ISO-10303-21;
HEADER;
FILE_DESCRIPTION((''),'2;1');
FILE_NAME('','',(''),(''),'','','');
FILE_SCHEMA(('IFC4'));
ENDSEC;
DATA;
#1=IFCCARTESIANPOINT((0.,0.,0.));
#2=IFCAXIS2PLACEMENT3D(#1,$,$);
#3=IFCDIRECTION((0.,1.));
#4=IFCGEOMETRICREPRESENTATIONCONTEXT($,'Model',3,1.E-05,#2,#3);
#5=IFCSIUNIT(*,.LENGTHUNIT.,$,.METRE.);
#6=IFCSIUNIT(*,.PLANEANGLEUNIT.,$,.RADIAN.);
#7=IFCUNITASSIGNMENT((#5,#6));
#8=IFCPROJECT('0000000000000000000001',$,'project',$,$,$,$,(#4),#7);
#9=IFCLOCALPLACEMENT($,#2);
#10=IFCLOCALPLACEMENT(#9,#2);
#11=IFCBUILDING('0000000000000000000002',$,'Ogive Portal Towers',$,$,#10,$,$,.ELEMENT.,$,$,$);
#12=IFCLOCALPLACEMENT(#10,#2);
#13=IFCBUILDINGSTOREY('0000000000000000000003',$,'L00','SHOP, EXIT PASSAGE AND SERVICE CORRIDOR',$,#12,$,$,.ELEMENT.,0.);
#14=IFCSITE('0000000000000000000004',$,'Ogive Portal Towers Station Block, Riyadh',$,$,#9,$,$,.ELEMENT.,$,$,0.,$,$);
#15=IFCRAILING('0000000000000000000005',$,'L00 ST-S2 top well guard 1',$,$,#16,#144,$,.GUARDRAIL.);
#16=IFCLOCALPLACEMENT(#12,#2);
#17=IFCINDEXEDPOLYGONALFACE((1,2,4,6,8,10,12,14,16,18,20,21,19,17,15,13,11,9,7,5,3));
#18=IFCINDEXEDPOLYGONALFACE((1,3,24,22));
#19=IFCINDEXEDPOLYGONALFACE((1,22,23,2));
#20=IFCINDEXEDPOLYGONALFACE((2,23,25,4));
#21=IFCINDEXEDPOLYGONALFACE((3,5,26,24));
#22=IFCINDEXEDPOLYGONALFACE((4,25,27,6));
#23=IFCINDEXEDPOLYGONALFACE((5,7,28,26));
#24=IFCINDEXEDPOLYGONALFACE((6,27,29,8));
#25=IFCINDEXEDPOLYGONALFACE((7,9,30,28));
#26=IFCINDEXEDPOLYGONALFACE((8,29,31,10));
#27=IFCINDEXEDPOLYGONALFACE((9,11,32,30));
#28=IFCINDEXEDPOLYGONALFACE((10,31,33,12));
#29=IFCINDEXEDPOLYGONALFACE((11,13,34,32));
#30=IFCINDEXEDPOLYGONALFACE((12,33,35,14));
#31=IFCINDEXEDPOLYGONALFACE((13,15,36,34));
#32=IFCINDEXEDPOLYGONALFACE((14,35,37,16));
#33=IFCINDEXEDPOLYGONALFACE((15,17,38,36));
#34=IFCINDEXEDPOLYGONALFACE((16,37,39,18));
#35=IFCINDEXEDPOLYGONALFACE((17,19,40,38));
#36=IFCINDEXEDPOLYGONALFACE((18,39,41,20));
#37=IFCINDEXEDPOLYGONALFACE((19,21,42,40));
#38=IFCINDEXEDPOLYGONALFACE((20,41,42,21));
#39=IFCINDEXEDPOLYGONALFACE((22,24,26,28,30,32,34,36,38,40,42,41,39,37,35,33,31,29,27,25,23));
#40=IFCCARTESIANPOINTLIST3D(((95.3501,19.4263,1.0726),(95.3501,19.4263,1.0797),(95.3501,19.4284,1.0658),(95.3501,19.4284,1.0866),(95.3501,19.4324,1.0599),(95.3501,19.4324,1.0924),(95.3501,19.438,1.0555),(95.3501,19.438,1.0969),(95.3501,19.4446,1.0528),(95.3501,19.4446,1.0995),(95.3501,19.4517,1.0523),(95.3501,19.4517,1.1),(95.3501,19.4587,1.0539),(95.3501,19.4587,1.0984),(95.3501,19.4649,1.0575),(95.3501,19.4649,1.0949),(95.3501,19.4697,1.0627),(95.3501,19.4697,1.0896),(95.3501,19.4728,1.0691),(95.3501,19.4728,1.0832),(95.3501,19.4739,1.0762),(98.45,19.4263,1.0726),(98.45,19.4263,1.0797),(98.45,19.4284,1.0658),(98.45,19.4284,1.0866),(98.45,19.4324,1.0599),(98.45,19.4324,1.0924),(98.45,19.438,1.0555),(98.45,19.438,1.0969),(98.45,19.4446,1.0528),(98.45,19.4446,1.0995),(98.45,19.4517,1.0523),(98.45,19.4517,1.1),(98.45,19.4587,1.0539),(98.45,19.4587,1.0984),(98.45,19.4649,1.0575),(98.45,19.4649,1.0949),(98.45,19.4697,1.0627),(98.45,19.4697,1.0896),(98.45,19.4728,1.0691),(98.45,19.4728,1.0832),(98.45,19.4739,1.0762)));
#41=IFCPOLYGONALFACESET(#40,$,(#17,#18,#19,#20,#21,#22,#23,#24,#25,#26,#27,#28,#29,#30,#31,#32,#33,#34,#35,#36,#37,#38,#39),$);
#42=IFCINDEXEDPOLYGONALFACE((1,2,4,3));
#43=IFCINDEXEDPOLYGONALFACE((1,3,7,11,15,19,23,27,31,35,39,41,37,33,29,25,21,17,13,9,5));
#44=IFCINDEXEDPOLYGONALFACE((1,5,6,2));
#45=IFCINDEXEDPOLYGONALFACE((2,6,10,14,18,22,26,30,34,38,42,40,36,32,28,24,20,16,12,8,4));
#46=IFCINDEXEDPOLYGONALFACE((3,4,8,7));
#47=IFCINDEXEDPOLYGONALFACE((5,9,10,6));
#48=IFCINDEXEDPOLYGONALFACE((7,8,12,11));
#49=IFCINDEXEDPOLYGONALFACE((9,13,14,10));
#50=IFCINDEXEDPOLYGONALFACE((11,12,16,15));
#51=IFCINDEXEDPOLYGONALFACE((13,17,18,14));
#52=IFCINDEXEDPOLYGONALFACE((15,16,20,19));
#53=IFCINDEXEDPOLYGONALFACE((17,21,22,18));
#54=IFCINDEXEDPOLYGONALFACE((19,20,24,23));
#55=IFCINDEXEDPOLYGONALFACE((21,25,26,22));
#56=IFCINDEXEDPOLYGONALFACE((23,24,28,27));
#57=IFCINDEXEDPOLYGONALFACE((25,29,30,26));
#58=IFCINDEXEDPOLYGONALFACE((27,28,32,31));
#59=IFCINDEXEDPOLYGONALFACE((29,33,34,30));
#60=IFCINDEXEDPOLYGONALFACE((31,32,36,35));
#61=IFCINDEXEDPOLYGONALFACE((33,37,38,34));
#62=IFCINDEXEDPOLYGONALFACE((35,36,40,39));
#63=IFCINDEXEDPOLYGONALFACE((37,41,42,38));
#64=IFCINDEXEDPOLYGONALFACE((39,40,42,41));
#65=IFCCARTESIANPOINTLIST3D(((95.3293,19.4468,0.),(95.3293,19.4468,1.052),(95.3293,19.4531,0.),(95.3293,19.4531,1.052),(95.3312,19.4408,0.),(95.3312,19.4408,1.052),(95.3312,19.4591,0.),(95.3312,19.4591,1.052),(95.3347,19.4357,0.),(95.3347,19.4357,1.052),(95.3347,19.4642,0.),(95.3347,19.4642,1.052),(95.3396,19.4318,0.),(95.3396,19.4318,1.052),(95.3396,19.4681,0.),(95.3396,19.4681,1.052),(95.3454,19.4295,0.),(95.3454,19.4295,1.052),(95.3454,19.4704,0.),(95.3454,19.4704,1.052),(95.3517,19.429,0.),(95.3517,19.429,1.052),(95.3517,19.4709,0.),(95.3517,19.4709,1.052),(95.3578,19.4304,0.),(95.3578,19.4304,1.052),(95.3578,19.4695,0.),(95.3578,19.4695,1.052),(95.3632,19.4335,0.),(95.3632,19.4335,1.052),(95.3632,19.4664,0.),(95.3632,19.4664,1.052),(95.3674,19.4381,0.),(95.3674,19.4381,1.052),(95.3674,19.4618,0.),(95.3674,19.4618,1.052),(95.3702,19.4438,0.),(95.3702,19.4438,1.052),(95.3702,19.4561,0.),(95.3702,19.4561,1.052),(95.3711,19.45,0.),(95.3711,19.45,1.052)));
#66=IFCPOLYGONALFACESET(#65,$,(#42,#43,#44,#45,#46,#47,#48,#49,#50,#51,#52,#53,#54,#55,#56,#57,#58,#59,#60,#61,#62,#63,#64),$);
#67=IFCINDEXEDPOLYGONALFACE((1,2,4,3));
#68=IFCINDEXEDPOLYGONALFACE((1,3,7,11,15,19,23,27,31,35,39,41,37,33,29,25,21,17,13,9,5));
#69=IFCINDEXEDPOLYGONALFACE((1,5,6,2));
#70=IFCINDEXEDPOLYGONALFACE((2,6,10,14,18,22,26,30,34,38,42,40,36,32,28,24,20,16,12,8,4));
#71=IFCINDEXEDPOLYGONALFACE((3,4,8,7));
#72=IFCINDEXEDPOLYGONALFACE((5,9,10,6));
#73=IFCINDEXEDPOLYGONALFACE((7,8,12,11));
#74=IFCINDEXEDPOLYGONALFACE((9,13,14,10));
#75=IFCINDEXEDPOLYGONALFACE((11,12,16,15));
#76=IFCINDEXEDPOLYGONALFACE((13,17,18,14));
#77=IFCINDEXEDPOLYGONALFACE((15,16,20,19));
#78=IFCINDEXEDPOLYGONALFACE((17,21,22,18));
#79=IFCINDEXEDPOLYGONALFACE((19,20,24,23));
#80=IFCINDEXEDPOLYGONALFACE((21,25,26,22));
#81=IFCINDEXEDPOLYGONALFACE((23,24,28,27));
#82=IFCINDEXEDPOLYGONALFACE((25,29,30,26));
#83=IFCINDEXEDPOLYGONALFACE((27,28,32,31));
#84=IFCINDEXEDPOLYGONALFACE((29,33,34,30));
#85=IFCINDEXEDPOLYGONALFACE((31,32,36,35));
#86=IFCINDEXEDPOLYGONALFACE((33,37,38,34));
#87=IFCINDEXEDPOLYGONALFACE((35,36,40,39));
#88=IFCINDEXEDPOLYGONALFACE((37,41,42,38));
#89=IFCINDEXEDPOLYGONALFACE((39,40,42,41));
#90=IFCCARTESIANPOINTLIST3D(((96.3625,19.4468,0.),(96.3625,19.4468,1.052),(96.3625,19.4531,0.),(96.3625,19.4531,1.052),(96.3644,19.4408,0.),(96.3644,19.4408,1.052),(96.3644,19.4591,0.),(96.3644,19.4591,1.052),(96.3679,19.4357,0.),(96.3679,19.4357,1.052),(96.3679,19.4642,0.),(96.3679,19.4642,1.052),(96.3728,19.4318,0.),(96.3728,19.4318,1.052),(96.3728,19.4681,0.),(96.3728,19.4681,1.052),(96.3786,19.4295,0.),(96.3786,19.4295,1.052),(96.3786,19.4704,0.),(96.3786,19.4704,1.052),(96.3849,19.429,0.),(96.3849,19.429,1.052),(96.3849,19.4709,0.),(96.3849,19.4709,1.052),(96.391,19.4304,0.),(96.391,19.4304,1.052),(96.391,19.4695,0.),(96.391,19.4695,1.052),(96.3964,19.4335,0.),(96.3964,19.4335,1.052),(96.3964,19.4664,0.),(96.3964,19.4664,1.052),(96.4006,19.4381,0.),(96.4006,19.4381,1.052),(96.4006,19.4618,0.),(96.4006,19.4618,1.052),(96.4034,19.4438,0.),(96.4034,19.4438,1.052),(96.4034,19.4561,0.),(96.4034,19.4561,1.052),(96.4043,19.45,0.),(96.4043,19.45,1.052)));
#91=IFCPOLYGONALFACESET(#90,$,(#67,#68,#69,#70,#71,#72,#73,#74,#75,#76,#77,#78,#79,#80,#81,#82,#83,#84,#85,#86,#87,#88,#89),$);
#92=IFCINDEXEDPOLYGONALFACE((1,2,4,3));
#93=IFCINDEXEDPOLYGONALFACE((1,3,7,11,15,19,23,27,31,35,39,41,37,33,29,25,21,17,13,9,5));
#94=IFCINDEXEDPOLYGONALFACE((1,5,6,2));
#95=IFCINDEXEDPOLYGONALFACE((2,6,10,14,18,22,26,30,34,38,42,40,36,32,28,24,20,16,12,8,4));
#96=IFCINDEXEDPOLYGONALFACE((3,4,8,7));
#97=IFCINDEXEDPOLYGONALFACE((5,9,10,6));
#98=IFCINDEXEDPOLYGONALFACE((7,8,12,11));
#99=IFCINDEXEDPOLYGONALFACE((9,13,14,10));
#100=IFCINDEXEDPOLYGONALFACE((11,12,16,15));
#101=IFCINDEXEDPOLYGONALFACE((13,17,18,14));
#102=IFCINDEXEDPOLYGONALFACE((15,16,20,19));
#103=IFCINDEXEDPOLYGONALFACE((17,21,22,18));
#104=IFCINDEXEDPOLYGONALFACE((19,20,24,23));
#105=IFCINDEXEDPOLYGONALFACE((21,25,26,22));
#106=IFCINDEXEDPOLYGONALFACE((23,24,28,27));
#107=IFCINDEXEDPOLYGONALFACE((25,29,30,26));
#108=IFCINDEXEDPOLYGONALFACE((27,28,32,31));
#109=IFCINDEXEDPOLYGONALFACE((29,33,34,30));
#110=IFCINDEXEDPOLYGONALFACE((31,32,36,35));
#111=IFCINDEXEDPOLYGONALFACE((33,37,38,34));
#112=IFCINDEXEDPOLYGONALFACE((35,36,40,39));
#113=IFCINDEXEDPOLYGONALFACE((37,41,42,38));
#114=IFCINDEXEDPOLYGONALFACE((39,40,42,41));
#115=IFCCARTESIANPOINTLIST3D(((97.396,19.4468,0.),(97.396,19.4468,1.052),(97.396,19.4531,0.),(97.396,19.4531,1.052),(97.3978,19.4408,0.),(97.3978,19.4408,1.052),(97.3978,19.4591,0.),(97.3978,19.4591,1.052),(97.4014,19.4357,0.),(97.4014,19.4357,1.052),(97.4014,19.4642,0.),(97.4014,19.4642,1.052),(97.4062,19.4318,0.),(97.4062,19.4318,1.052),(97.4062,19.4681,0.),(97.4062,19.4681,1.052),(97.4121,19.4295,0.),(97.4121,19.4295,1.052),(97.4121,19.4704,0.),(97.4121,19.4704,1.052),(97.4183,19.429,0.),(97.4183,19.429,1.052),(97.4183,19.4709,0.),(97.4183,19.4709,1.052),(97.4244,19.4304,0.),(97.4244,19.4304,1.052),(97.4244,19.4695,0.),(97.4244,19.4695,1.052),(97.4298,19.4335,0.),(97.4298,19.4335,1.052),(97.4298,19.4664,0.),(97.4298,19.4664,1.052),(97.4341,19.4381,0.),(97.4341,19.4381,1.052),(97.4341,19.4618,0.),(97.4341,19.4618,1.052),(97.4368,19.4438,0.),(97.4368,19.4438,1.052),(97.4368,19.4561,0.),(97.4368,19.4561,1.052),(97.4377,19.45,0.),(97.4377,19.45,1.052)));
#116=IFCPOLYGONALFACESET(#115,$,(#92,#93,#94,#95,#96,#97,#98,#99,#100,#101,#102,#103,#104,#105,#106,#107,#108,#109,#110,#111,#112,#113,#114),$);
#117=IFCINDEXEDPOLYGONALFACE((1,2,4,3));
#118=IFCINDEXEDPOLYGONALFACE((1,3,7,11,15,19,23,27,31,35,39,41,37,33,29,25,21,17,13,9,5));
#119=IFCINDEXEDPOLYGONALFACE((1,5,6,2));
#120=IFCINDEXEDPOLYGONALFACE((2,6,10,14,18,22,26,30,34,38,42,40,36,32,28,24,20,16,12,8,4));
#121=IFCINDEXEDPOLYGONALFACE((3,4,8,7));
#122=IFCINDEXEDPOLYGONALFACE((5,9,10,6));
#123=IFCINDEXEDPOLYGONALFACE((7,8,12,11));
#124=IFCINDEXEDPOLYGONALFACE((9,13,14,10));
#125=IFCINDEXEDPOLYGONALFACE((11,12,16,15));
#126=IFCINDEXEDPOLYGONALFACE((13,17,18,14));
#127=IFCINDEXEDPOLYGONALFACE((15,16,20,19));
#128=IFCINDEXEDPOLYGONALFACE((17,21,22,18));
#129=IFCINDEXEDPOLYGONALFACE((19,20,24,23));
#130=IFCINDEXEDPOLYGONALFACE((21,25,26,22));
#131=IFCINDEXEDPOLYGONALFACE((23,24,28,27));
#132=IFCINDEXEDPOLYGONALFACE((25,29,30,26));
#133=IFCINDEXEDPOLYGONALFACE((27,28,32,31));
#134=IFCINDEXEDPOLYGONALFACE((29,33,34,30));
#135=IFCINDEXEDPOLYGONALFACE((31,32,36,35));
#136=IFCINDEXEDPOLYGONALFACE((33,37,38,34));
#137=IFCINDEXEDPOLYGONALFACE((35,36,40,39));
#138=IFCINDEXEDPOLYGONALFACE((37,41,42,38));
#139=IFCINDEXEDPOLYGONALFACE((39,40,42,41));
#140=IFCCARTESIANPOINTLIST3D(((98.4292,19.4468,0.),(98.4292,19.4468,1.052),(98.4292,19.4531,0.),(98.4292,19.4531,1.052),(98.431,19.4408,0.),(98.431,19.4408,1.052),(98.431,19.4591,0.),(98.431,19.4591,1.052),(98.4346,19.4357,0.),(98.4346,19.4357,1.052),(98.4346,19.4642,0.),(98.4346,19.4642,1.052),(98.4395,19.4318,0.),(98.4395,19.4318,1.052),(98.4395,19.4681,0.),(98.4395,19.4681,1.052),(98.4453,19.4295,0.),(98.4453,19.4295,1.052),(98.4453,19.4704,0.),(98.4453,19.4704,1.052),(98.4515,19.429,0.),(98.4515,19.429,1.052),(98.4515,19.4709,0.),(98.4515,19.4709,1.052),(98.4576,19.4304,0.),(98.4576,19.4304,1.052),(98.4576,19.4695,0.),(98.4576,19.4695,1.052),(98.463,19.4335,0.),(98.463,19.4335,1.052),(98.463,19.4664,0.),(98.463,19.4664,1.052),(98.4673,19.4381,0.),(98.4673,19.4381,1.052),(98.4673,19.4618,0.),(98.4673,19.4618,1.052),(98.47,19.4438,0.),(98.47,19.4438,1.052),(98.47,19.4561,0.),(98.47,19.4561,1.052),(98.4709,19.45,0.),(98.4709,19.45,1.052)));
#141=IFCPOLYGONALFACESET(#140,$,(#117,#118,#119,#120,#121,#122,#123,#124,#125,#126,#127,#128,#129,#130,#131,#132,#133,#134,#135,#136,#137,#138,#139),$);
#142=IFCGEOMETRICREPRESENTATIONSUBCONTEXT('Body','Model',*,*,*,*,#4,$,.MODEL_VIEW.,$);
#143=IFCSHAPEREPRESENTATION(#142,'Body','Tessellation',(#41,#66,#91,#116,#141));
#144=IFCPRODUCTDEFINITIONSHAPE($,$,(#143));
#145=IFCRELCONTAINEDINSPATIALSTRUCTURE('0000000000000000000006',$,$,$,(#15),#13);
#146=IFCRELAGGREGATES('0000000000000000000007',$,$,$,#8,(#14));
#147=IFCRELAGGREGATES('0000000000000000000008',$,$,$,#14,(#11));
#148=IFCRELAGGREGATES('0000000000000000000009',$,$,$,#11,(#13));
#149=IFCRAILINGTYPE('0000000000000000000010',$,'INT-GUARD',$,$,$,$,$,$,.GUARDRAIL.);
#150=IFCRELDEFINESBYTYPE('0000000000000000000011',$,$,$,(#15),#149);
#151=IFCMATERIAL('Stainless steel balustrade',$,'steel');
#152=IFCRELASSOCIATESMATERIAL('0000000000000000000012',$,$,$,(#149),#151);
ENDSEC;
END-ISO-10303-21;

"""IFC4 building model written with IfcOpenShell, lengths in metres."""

from ifc_helpers import new_model, si_unit, direction, frame, origin, origin_2d, place, context, subcontext, project, spatial, circle, extrude, material, type_object, element, save


model = new_model("IFC4")

# Units and contexts
model_context = context("Model", 3, precision=1e-05, world=origin(), true_north=direction((0.0, 1.0)))
body_context = subcontext(model_context, "Body", "Model", "MODEL_VIEW")
ifc_project = project(units=[si_unit("LENGTHUNIT", "METRE"), si_unit("PLANEANGLEUNIT", "RADIAN")], contexts=[model_context])

# Site, building, storey
site_placement = place(None, origin())
site = spatial("IfcSite", under=ifc_project, at=site_placement, Name="Ogive Portal Towers Station Block, Riyadh", CompositionType="ELEMENT", RefElevation=0.0)
building_placement = place(site_placement, origin())
building = spatial("IfcBuilding", under=site, at=building_placement, Name="Ogive Portal Towers", CompositionType="ELEMENT")
storey_placement = place(building_placement, origin())
storey = spatial("IfcBuildingStorey", under=building, at=storey_placement, Name="L00", Description="SHOP, EXIT PASSAGE AND SERVICE CORRIDOR", CompositionType="ELEMENT", Elevation=0.0)

# Railing
ifc_material_1 = material(Name="Stainless steel balustrade", Category="steel")
railing_type_1 = type_object("IfcRailingType", Name="INT-GUARD", PredefinedType="GUARDRAIL", material=ifc_material_1)
railing_1_placement = place(storey_placement, frame((95.3501, 19.45, 0.0)))
element("IfcRailing", 1, at=railing_1_placement, inside=storey, type_object=railing_type_1, Name="L00 ST-S2 top well guard 1", PredefinedType="GUARDRAIL", context=body_context, shape_type="SweptSolid", body=[
    extrude(circle(Radius=0.0239, at=origin_2d()), frame((0.0, 0.0, 1.0762), z_axis=(1.0, 0.0, 0.0), x_axis=(0.0, 1.0, 0.0)), (0.0, 0.0, 1.0), 3.0999),
    extrude(circle(Radius=0.021, at=origin_2d()), origin(), (0.0, 0.0, 1.0), 1.052),
    extrude(circle(Radius=0.021, at=origin_2d()), frame((1.0332, 0.0, 0.0)), (0.0, 0.0, 1.0), 1.052),
    extrude(circle(Radius=0.021, at=origin_2d()), frame((2.0667, 0.0, 0.0)), (0.0, 0.0, 1.0), 1.052),
    extrude(circle(Radius=0.021, at=origin_2d()), frame((3.0999, 0.0, 0.0)), (0.0, 0.0, 1.0), 1.052),
])

save(model, "model.ifc")
